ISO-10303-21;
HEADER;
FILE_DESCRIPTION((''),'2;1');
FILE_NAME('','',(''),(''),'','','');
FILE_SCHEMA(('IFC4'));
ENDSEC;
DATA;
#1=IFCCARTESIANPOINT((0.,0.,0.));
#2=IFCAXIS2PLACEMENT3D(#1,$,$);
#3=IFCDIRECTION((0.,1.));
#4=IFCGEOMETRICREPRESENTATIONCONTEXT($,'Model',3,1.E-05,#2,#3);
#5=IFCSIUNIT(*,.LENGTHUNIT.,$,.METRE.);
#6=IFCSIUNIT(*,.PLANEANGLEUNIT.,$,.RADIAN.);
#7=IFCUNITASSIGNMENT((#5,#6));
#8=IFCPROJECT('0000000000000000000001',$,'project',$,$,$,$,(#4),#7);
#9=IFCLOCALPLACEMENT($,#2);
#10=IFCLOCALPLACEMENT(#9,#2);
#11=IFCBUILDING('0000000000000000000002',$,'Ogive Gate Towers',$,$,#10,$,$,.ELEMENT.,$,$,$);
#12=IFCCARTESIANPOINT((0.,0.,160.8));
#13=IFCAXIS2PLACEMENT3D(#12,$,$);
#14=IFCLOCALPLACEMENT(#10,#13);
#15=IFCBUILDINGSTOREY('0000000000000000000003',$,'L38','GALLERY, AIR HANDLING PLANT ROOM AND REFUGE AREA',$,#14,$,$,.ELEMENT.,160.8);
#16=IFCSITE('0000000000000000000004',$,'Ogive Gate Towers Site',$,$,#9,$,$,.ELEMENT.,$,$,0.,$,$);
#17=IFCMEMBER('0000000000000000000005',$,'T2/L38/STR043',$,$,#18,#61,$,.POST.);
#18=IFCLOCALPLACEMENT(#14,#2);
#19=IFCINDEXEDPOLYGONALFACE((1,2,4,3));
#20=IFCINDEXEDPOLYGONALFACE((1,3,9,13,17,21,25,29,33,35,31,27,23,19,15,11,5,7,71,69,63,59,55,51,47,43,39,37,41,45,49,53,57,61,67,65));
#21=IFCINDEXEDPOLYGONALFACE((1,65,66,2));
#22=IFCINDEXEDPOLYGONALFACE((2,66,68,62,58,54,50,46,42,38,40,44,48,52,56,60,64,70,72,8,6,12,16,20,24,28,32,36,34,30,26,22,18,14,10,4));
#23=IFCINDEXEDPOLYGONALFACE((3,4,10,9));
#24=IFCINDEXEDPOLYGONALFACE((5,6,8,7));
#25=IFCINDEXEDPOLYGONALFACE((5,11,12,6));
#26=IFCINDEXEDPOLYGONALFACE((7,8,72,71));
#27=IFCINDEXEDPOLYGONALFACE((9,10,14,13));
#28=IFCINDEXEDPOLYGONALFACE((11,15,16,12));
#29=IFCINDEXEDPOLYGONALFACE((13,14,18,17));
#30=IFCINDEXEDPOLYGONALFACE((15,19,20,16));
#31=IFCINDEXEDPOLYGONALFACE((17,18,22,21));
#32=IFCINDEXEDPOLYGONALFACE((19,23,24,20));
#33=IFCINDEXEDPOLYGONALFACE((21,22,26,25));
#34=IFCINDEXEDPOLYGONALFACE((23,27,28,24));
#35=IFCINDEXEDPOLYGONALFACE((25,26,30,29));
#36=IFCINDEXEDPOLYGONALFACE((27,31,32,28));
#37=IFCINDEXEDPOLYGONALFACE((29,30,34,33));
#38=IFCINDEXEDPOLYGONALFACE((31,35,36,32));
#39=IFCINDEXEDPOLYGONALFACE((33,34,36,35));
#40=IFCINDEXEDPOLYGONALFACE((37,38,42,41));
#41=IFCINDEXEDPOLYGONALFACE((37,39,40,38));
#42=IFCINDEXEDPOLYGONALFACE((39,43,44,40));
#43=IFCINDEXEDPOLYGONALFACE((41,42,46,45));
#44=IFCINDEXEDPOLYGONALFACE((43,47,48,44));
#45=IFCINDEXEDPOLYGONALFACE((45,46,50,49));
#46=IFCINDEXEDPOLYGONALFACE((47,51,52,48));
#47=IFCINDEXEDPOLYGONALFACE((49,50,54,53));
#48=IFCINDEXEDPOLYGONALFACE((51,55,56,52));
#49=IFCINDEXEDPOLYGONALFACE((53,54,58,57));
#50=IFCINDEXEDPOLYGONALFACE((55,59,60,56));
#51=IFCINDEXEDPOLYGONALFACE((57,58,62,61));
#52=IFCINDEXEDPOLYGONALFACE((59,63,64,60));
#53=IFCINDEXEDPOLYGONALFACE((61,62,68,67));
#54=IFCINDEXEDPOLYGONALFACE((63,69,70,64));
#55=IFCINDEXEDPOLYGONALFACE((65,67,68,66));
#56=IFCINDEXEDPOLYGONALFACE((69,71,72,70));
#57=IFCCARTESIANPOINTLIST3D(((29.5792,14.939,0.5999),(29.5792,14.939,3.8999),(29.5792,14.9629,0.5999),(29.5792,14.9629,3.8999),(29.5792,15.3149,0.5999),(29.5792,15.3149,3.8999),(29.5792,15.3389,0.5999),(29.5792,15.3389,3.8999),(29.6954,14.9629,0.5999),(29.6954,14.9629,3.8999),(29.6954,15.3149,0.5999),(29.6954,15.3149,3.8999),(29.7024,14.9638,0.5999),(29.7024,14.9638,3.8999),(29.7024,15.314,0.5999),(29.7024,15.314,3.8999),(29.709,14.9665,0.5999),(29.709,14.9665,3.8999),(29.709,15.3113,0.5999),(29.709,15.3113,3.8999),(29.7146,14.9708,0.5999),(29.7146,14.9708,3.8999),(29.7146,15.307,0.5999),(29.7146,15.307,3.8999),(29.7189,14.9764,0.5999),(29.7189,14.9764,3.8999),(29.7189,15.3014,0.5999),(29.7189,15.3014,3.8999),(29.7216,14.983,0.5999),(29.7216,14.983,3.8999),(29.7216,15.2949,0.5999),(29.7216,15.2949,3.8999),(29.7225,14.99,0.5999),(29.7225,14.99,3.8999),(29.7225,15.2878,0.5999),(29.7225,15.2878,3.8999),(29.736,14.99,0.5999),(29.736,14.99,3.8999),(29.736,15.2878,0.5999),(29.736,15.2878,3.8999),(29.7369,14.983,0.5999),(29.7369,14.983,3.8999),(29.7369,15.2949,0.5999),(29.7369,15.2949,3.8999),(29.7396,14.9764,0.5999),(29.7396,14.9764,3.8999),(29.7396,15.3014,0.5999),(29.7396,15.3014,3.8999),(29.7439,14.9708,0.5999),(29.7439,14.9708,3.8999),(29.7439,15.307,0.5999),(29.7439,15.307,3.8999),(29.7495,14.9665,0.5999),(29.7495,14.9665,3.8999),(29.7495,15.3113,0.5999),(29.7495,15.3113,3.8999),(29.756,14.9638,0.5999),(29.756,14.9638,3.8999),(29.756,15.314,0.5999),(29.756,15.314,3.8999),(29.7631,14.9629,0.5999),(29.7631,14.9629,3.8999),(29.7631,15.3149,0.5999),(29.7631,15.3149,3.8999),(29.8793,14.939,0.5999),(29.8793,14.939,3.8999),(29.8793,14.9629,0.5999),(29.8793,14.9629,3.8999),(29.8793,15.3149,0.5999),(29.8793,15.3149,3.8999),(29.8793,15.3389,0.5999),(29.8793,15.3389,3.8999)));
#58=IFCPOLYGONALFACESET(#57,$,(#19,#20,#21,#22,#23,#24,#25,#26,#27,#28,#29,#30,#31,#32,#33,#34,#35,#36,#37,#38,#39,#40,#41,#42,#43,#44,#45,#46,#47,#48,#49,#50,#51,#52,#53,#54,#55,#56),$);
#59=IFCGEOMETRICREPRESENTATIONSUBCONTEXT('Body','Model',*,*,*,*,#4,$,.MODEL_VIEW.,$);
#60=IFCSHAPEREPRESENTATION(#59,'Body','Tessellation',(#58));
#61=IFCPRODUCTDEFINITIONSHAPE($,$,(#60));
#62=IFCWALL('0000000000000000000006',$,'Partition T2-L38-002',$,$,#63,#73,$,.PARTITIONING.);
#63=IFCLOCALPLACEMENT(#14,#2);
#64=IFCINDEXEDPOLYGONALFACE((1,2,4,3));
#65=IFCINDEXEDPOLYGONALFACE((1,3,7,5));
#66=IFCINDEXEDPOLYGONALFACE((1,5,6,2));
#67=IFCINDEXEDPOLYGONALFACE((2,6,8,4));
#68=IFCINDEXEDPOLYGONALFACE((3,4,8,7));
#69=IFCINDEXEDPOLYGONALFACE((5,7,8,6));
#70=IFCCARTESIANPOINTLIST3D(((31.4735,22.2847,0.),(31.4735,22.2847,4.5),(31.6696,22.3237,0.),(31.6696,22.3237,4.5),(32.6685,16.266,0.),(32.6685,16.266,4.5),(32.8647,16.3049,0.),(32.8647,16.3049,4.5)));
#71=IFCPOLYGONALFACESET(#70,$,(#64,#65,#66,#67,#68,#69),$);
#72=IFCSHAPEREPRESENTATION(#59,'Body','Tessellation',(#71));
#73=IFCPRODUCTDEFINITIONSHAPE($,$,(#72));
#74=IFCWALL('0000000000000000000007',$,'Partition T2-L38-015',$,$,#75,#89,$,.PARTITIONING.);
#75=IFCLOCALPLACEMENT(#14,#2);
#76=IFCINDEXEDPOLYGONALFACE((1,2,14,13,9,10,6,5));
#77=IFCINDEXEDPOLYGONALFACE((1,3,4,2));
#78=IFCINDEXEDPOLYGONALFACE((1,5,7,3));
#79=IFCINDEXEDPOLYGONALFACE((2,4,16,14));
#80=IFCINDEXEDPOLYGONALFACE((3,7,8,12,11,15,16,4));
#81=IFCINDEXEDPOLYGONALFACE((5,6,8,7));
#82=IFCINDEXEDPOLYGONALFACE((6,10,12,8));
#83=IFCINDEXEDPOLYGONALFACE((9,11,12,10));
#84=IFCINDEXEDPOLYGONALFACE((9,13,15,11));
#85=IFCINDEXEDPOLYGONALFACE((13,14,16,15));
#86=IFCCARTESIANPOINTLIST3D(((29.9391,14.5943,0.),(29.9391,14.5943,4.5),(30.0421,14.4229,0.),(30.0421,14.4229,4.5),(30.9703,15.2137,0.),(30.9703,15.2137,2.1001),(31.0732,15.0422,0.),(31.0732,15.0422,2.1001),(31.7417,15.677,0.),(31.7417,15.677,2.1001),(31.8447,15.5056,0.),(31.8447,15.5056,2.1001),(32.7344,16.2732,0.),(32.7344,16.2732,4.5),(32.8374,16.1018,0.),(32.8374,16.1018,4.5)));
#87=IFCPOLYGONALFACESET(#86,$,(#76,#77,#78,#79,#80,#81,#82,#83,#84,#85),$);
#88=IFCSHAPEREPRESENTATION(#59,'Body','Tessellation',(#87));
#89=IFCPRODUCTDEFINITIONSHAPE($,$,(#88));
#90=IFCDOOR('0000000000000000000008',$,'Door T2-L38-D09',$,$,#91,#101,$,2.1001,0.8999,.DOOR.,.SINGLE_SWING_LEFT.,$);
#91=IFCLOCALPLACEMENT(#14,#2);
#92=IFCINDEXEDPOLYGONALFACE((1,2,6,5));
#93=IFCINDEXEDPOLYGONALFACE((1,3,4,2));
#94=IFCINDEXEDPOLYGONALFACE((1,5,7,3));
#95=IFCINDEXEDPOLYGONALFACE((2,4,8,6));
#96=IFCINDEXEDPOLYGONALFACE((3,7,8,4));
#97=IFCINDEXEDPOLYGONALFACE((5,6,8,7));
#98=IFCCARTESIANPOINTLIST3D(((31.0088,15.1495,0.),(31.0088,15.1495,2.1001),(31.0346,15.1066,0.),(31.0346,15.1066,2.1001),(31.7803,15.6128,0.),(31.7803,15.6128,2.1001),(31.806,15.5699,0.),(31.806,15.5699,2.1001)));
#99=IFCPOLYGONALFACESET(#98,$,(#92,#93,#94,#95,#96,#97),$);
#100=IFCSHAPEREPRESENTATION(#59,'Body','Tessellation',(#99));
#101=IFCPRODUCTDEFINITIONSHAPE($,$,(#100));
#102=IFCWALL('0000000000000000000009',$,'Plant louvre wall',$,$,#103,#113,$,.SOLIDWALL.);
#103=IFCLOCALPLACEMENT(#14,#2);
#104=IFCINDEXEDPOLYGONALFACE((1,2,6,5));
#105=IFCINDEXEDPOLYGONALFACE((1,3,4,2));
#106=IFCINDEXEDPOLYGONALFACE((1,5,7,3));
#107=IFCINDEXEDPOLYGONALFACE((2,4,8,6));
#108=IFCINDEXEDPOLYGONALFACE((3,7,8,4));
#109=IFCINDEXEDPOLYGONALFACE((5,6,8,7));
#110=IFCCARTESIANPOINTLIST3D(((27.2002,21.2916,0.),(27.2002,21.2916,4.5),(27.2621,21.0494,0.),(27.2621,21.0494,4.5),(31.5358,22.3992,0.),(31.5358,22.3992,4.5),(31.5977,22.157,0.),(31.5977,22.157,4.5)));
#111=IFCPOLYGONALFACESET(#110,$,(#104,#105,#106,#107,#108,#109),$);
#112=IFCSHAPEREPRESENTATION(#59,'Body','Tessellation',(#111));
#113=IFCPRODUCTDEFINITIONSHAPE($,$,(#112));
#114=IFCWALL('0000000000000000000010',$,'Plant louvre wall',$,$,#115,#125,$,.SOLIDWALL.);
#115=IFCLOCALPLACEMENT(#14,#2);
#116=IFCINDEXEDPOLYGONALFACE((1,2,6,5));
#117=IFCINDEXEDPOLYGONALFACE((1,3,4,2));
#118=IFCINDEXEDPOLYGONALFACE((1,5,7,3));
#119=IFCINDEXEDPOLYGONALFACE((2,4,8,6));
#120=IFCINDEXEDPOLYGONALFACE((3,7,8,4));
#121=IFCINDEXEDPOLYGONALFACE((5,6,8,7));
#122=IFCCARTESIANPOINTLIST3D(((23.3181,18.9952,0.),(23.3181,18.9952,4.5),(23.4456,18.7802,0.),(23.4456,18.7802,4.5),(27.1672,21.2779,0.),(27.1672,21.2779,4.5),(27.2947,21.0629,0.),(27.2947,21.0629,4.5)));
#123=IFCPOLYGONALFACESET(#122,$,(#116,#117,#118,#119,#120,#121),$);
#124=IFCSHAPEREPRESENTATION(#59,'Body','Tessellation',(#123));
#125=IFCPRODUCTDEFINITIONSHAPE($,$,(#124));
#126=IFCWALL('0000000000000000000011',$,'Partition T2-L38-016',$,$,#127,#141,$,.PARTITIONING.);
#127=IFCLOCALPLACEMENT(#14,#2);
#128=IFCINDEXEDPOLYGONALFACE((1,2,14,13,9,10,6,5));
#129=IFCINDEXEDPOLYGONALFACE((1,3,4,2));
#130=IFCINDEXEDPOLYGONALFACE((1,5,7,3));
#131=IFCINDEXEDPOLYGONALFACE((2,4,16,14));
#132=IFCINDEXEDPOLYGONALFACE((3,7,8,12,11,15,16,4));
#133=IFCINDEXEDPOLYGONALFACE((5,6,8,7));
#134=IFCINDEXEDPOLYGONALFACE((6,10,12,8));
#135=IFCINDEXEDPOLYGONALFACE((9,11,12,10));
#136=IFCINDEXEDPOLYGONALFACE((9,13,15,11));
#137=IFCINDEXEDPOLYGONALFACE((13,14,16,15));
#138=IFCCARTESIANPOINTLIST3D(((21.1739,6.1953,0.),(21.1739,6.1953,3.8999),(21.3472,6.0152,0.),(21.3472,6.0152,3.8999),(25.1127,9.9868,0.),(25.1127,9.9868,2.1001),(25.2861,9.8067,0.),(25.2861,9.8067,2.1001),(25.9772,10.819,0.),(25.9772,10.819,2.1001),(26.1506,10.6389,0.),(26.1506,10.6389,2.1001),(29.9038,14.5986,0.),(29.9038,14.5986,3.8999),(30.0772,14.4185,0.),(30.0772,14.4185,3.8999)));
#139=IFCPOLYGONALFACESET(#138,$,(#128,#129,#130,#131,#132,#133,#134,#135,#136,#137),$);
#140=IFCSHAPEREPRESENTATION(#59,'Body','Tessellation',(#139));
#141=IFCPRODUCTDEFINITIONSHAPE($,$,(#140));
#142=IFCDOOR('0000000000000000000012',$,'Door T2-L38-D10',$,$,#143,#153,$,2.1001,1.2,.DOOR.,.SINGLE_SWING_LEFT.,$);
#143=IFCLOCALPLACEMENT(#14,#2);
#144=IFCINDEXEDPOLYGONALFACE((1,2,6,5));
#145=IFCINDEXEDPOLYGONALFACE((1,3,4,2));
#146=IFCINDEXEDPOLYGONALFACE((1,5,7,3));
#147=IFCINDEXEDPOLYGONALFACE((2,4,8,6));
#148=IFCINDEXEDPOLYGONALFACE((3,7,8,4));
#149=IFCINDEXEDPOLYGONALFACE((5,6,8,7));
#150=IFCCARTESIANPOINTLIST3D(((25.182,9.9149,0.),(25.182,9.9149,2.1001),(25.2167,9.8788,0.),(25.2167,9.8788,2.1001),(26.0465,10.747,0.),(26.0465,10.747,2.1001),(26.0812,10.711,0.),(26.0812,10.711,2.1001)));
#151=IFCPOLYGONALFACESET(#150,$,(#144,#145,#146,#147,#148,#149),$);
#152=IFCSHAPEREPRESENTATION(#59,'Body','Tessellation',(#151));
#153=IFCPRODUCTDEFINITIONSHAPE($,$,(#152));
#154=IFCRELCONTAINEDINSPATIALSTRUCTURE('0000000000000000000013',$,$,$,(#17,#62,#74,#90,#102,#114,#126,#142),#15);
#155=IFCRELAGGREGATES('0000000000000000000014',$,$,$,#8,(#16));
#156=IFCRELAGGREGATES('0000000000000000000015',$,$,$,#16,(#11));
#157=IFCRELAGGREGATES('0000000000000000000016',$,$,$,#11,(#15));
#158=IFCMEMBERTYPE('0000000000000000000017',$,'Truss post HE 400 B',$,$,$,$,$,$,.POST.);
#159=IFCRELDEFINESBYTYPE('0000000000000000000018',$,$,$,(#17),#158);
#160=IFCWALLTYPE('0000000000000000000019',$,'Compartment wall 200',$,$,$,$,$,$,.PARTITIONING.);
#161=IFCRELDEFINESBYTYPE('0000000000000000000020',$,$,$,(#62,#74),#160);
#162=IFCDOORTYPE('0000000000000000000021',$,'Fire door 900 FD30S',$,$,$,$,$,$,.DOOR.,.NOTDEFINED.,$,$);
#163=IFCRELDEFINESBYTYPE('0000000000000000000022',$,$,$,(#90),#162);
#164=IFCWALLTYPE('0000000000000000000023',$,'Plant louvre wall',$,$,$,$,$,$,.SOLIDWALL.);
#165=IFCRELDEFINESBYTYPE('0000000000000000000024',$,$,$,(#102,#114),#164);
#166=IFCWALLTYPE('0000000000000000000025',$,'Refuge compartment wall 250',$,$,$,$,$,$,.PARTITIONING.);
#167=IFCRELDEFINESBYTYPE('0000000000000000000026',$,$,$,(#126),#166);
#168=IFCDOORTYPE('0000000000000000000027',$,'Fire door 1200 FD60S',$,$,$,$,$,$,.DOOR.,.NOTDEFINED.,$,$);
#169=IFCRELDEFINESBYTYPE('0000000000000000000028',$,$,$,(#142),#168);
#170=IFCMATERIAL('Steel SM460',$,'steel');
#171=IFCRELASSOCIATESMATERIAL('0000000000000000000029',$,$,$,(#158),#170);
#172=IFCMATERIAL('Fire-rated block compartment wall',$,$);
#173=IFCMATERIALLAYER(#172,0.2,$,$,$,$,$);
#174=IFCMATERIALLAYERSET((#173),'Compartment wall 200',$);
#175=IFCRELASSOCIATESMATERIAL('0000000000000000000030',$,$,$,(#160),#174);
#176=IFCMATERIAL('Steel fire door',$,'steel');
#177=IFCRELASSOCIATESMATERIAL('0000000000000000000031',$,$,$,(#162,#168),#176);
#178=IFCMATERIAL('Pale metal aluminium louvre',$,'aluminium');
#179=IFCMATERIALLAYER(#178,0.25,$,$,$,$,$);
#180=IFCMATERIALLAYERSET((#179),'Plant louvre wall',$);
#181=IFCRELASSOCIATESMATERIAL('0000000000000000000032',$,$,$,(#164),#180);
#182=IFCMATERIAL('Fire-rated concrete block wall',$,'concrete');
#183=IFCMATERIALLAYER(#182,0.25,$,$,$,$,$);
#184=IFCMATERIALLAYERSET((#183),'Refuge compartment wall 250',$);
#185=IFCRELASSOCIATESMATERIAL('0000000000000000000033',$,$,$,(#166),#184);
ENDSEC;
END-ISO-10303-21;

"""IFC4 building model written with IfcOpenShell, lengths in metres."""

from ifc_helpers import new_model, si_unit, direction, frame, frame_2d, origin, origin_2d, place, context, subcontext, project, spatial, rectangle, i_section, extrude, material, layer, layer_set, material_profile, profile_set, type_object, element, fill, save


model = new_model("IFC4")

# Units and contexts
model_context = context("Model", 3, precision=1e-05, world=origin(), true_north=direction((0.0, 1.0)))
body_context = subcontext(model_context, "Body", "Model", "MODEL_VIEW")
ifc_project = project(units=[si_unit("LENGTHUNIT", "METRE"), si_unit("PLANEANGLEUNIT", "RADIAN")], contexts=[model_context])

# Site, building, storey
site_placement = place(None, origin())
site = spatial("IfcSite", under=ifc_project, at=site_placement, Name="Ogive Gate Towers Site", CompositionType="ELEMENT", RefElevation=0.0)
building_placement = place(site_placement, origin())
building = spatial("IfcBuilding", under=site, at=building_placement, Name="Ogive Gate Towers", CompositionType="ELEMENT")
storey_placement = place(building_placement, frame((0.0, 0.0, 160.8)))
storey = spatial("IfcBuildingStorey", under=building, at=storey_placement, Name="L38", Description="GALLERY, AIR HANDLING PLANT ROOM AND REFUGE AREA", CompositionType="ELEMENT", Elevation=160.8)

# Shared definitions
ifc_material_1 = material(Name="Steel SM460", Category="steel")

# Member
ifc_material_profile_1 = material_profile(ifc_material_1, i_section(OverallWidth=0.3, OverallDepth=0.3999, WebThickness=0.0134, FlangeThickness=0.0239, FilletRadius=0.0271, at=origin_2d()), Name="HE 400 B")
ifc_profile_set_1 = profile_set([ifc_material_profile_1], Name="Steel SM460")
member_type_1 = type_object("IfcMemberType", Name="Truss post HE 400 B", PredefinedType="POST", material=ifc_profile_set_1)
member_1_placement = place(storey_placement, frame((29.7292, 15.1389, 0.5999), z_axis=(0.0, 0.0, 1.0), x_axis=(1.0, 0.0, 0.0)))
element("IfcMember", 1, at=member_1_placement, inside=storey, type_object=member_type_1, Name="T2/L38/STR043", PredefinedType="POST", context=body_context, shape_type="SweptSolid", body=[
    extrude(i_section(OverallWidth=0.3, OverallDepth=0.3999, WebThickness=0.0134, FlangeThickness=0.0239, FilletRadius=0.0271, at=origin_2d()), origin(), (0.0, 0.0, 1.0), 3.3),
])

# Wall
ifc_material_2 = material(Name="Fire-rated block compartment wall")
ifc_layer_1 = layer(ifc_material_2, 0.2)
ifc_layer_set_1 = layer_set([ifc_layer_1], Name="Compartment wall 200")
wall_type_1 = type_object("IfcWallType", Name="Compartment wall 200", PredefinedType="PARTITIONING", material=ifc_layer_set_1)
wall_1_placement = place(storey_placement, frame((31.5715, 22.3042, 0.0), z_axis=(0.0, 0.0, 1.0), x_axis=(0.194754, -0.980852, 0.0)))
element("IfcWall", 2, at=wall_1_placement, inside=storey, type_object=wall_type_1, Name="Partition T2-L38-002", PredefinedType="PARTITIONING", context=body_context, shape_type="SweptSolid", body=[
    extrude(rectangle(XDim=6.1362, YDim=0.2, at=frame_2d((3.0681, 0.0))), origin(), (0.0, 0.0, 1.0), 4.5),
])

# Wall, opening, door
wall_2_placement = place(storey_placement, frame((32.7859, 16.1875, 0.0), z_axis=(0.0, 0.0, 1.0), x_axis=(-0.857262, -0.514881, 0.0)))
wall_2 = element("IfcWall", 3, at=wall_2_placement, inside=storey, type_object=wall_type_1, Name="Partition T2-L38-015", PredefinedType="PARTITIONING", context=body_context, shape_type="SweptSolid", body=[
    extrude(rectangle(XDim=3.2607, YDim=0.2, at=frame_2d((1.6304, 0.0))), origin(), (0.0, 0.0, 1.0), 4.5),
])
opening_1_placement = place(wall_2_placement, frame((1.158, 0.0, 0.0)))
opening_1 = element("IfcOpeningElement", 4, at=opening_1_placement, cuts=wall_2, PredefinedType="OPENING", context=body_context, shape_type="SweptSolid", body=[
    extrude(rectangle(XDim=0.8999, YDim=2.1001, at=frame_2d((0.45, 1.05))), frame((0.0, 0.1099, 0.0), z_axis=(0.0, -1.0, 0.0), x_axis=(1.0, 0.0, 0.0)), (0.0, 0.0, 1.0), 0.22),
])
ifc_material_3 = material(Name="Steel fire door", Category="steel")
door_type_1 = type_object("IfcDoorType", Name="Fire door 900 FD30S", OperationType="NOTDEFINED", PredefinedType="DOOR", material=ifc_material_3)
door_1_placement = place(opening_1_placement, origin())
door_1 = element("IfcDoor", 5, at=door_1_placement, inside=storey, type_object=door_type_1, Name="Door T2-L38-D09", OperationType="SINGLE_SWING_LEFT", OverallHeight=2.1001, OverallWidth=0.8999, PredefinedType="DOOR", context=body_context, shape_type="SweptSolid", body=[
    extrude(rectangle(XDim=0.8999, YDim=2.1001, at=frame_2d((0.45, 1.05))), frame((0.0, 0.0249, 0.0), z_axis=(0.0, -1.0, 0.0), x_axis=(1.0, 0.0, 0.0)), (0.0, 0.0, 1.0), 0.05),
])
fill(opening_1, door_1)

# Walls
ifc_material_4 = material(Name="Pale metal aluminium louvre", Category="aluminium")
ifc_layer_2 = layer(ifc_material_4, 0.25)
ifc_layer_set_2 = layer_set([ifc_layer_2], Name="Plant louvre wall")
wall_type_2 = type_object("IfcWallType", Name="Plant louvre wall", PredefinedType="SOLIDWALL", material=ifc_layer_set_2)
wall_3_placement = place(storey_placement, frame((31.5667, 22.2781, 0.0), z_axis=(0.0, 0.0, 1.0), x_axis=(-0.968881, -0.247526, 0.0)))
element("IfcWall", 6, at=wall_3_placement, inside=storey, type_object=wall_type_2, Name="Plant louvre wall", PredefinedType="SOLIDWALL", context=body_context, shape_type="SweptSolid", body=[
    extrude(rectangle(XDim=4.4749, YDim=0.25, at=frame_2d((2.2373, 0.0))), origin(), (0.0, 0.0, 1.0), 4.5),
])
wall_4_placement = place(storey_placement, frame((27.231, 21.1704, 0.0), z_axis=(0.0, 0.0, 1.0), x_axis=(-0.86012, -0.510092, 0.0)))
element("IfcWall", 7, at=wall_4_placement, inside=storey, type_object=wall_type_2, Name="Plant louvre wall", PredefinedType="SOLIDWALL", context=body_context, shape_type="SweptSolid", body=[
    extrude(rectangle(XDim=4.4751, YDim=0.25, at=frame_2d((2.2375, 0.0))), origin(), (0.0, 0.0, 1.0), 4.5),
])

# Wall, opening, door
ifc_material_5 = material(Name="Fire-rated concrete block wall", Category="concrete")
ifc_layer_3 = layer(ifc_material_5, 0.25)
ifc_layer_set_3 = layer_set([ifc_layer_3], Name="Refuge compartment wall 250")
wall_type_3 = type_object("IfcWallType", Name="Refuge compartment wall 250", PredefinedType="PARTITIONING", material=ifc_layer_set_3)
wall_5_placement = place(storey_placement, frame((29.9905, 14.5085, 0.0), z_axis=(0.0, 0.0, 1.0), x_axis=(-0.720457, -0.693499, 0.0)))
wall_5 = element("IfcWall", 8, at=wall_5_placement, inside=storey, type_object=wall_type_3, Name="Partition T2-L38-016", PredefinedType="PARTITIONING", context=body_context, shape_type="SweptSolid", body=[
    extrude(rectangle(XDim=12.1172, YDim=0.25, at=frame_2d((6.0586, 0.0))), origin(), (0.0, 0.0, 1.0), 3.8999),
])
opening_2_placement = place(wall_5_placement, frame((5.45, 0.0, 0.0)))
opening_2 = element("IfcOpeningElement", 9, at=opening_2_placement, cuts=wall_5, PredefinedType="OPENING", context=body_context, shape_type="SweptSolid", body=[
    extrude(rectangle(XDim=1.2, YDim=2.1001, at=frame_2d((0.6001, 1.05))), frame((0.0, 0.135, 0.0), z_axis=(0.0, -1.0, 0.0), x_axis=(1.0, 0.0, 0.0)), (0.0, 0.0, 1.0), 0.27),
])
door_type_2 = type_object("IfcDoorType", Name="Fire door 1200 FD60S", OperationType="NOTDEFINED", PredefinedType="DOOR", material=ifc_material_3)
door_2_placement = place(opening_2_placement, origin())
door_2 = element("IfcDoor", 10, at=door_2_placement, inside=storey, type_object=door_type_2, Name="Door T2-L38-D10", OperationType="SINGLE_SWING_LEFT", OverallHeight=2.1001, OverallWidth=1.2, PredefinedType="DOOR", context=body_context, shape_type="SweptSolid", body=[
    extrude(rectangle(XDim=1.2, YDim=2.1001, at=frame_2d((0.6001, 1.05))), frame((0.0, 0.0249, 0.0), z_axis=(0.0, -1.0, 0.0), x_axis=(1.0, 0.0, 0.0)), (0.0, 0.0, 1.0), 0.05),
])
fill(opening_2, door_2)

save(model, "model.ifc")
